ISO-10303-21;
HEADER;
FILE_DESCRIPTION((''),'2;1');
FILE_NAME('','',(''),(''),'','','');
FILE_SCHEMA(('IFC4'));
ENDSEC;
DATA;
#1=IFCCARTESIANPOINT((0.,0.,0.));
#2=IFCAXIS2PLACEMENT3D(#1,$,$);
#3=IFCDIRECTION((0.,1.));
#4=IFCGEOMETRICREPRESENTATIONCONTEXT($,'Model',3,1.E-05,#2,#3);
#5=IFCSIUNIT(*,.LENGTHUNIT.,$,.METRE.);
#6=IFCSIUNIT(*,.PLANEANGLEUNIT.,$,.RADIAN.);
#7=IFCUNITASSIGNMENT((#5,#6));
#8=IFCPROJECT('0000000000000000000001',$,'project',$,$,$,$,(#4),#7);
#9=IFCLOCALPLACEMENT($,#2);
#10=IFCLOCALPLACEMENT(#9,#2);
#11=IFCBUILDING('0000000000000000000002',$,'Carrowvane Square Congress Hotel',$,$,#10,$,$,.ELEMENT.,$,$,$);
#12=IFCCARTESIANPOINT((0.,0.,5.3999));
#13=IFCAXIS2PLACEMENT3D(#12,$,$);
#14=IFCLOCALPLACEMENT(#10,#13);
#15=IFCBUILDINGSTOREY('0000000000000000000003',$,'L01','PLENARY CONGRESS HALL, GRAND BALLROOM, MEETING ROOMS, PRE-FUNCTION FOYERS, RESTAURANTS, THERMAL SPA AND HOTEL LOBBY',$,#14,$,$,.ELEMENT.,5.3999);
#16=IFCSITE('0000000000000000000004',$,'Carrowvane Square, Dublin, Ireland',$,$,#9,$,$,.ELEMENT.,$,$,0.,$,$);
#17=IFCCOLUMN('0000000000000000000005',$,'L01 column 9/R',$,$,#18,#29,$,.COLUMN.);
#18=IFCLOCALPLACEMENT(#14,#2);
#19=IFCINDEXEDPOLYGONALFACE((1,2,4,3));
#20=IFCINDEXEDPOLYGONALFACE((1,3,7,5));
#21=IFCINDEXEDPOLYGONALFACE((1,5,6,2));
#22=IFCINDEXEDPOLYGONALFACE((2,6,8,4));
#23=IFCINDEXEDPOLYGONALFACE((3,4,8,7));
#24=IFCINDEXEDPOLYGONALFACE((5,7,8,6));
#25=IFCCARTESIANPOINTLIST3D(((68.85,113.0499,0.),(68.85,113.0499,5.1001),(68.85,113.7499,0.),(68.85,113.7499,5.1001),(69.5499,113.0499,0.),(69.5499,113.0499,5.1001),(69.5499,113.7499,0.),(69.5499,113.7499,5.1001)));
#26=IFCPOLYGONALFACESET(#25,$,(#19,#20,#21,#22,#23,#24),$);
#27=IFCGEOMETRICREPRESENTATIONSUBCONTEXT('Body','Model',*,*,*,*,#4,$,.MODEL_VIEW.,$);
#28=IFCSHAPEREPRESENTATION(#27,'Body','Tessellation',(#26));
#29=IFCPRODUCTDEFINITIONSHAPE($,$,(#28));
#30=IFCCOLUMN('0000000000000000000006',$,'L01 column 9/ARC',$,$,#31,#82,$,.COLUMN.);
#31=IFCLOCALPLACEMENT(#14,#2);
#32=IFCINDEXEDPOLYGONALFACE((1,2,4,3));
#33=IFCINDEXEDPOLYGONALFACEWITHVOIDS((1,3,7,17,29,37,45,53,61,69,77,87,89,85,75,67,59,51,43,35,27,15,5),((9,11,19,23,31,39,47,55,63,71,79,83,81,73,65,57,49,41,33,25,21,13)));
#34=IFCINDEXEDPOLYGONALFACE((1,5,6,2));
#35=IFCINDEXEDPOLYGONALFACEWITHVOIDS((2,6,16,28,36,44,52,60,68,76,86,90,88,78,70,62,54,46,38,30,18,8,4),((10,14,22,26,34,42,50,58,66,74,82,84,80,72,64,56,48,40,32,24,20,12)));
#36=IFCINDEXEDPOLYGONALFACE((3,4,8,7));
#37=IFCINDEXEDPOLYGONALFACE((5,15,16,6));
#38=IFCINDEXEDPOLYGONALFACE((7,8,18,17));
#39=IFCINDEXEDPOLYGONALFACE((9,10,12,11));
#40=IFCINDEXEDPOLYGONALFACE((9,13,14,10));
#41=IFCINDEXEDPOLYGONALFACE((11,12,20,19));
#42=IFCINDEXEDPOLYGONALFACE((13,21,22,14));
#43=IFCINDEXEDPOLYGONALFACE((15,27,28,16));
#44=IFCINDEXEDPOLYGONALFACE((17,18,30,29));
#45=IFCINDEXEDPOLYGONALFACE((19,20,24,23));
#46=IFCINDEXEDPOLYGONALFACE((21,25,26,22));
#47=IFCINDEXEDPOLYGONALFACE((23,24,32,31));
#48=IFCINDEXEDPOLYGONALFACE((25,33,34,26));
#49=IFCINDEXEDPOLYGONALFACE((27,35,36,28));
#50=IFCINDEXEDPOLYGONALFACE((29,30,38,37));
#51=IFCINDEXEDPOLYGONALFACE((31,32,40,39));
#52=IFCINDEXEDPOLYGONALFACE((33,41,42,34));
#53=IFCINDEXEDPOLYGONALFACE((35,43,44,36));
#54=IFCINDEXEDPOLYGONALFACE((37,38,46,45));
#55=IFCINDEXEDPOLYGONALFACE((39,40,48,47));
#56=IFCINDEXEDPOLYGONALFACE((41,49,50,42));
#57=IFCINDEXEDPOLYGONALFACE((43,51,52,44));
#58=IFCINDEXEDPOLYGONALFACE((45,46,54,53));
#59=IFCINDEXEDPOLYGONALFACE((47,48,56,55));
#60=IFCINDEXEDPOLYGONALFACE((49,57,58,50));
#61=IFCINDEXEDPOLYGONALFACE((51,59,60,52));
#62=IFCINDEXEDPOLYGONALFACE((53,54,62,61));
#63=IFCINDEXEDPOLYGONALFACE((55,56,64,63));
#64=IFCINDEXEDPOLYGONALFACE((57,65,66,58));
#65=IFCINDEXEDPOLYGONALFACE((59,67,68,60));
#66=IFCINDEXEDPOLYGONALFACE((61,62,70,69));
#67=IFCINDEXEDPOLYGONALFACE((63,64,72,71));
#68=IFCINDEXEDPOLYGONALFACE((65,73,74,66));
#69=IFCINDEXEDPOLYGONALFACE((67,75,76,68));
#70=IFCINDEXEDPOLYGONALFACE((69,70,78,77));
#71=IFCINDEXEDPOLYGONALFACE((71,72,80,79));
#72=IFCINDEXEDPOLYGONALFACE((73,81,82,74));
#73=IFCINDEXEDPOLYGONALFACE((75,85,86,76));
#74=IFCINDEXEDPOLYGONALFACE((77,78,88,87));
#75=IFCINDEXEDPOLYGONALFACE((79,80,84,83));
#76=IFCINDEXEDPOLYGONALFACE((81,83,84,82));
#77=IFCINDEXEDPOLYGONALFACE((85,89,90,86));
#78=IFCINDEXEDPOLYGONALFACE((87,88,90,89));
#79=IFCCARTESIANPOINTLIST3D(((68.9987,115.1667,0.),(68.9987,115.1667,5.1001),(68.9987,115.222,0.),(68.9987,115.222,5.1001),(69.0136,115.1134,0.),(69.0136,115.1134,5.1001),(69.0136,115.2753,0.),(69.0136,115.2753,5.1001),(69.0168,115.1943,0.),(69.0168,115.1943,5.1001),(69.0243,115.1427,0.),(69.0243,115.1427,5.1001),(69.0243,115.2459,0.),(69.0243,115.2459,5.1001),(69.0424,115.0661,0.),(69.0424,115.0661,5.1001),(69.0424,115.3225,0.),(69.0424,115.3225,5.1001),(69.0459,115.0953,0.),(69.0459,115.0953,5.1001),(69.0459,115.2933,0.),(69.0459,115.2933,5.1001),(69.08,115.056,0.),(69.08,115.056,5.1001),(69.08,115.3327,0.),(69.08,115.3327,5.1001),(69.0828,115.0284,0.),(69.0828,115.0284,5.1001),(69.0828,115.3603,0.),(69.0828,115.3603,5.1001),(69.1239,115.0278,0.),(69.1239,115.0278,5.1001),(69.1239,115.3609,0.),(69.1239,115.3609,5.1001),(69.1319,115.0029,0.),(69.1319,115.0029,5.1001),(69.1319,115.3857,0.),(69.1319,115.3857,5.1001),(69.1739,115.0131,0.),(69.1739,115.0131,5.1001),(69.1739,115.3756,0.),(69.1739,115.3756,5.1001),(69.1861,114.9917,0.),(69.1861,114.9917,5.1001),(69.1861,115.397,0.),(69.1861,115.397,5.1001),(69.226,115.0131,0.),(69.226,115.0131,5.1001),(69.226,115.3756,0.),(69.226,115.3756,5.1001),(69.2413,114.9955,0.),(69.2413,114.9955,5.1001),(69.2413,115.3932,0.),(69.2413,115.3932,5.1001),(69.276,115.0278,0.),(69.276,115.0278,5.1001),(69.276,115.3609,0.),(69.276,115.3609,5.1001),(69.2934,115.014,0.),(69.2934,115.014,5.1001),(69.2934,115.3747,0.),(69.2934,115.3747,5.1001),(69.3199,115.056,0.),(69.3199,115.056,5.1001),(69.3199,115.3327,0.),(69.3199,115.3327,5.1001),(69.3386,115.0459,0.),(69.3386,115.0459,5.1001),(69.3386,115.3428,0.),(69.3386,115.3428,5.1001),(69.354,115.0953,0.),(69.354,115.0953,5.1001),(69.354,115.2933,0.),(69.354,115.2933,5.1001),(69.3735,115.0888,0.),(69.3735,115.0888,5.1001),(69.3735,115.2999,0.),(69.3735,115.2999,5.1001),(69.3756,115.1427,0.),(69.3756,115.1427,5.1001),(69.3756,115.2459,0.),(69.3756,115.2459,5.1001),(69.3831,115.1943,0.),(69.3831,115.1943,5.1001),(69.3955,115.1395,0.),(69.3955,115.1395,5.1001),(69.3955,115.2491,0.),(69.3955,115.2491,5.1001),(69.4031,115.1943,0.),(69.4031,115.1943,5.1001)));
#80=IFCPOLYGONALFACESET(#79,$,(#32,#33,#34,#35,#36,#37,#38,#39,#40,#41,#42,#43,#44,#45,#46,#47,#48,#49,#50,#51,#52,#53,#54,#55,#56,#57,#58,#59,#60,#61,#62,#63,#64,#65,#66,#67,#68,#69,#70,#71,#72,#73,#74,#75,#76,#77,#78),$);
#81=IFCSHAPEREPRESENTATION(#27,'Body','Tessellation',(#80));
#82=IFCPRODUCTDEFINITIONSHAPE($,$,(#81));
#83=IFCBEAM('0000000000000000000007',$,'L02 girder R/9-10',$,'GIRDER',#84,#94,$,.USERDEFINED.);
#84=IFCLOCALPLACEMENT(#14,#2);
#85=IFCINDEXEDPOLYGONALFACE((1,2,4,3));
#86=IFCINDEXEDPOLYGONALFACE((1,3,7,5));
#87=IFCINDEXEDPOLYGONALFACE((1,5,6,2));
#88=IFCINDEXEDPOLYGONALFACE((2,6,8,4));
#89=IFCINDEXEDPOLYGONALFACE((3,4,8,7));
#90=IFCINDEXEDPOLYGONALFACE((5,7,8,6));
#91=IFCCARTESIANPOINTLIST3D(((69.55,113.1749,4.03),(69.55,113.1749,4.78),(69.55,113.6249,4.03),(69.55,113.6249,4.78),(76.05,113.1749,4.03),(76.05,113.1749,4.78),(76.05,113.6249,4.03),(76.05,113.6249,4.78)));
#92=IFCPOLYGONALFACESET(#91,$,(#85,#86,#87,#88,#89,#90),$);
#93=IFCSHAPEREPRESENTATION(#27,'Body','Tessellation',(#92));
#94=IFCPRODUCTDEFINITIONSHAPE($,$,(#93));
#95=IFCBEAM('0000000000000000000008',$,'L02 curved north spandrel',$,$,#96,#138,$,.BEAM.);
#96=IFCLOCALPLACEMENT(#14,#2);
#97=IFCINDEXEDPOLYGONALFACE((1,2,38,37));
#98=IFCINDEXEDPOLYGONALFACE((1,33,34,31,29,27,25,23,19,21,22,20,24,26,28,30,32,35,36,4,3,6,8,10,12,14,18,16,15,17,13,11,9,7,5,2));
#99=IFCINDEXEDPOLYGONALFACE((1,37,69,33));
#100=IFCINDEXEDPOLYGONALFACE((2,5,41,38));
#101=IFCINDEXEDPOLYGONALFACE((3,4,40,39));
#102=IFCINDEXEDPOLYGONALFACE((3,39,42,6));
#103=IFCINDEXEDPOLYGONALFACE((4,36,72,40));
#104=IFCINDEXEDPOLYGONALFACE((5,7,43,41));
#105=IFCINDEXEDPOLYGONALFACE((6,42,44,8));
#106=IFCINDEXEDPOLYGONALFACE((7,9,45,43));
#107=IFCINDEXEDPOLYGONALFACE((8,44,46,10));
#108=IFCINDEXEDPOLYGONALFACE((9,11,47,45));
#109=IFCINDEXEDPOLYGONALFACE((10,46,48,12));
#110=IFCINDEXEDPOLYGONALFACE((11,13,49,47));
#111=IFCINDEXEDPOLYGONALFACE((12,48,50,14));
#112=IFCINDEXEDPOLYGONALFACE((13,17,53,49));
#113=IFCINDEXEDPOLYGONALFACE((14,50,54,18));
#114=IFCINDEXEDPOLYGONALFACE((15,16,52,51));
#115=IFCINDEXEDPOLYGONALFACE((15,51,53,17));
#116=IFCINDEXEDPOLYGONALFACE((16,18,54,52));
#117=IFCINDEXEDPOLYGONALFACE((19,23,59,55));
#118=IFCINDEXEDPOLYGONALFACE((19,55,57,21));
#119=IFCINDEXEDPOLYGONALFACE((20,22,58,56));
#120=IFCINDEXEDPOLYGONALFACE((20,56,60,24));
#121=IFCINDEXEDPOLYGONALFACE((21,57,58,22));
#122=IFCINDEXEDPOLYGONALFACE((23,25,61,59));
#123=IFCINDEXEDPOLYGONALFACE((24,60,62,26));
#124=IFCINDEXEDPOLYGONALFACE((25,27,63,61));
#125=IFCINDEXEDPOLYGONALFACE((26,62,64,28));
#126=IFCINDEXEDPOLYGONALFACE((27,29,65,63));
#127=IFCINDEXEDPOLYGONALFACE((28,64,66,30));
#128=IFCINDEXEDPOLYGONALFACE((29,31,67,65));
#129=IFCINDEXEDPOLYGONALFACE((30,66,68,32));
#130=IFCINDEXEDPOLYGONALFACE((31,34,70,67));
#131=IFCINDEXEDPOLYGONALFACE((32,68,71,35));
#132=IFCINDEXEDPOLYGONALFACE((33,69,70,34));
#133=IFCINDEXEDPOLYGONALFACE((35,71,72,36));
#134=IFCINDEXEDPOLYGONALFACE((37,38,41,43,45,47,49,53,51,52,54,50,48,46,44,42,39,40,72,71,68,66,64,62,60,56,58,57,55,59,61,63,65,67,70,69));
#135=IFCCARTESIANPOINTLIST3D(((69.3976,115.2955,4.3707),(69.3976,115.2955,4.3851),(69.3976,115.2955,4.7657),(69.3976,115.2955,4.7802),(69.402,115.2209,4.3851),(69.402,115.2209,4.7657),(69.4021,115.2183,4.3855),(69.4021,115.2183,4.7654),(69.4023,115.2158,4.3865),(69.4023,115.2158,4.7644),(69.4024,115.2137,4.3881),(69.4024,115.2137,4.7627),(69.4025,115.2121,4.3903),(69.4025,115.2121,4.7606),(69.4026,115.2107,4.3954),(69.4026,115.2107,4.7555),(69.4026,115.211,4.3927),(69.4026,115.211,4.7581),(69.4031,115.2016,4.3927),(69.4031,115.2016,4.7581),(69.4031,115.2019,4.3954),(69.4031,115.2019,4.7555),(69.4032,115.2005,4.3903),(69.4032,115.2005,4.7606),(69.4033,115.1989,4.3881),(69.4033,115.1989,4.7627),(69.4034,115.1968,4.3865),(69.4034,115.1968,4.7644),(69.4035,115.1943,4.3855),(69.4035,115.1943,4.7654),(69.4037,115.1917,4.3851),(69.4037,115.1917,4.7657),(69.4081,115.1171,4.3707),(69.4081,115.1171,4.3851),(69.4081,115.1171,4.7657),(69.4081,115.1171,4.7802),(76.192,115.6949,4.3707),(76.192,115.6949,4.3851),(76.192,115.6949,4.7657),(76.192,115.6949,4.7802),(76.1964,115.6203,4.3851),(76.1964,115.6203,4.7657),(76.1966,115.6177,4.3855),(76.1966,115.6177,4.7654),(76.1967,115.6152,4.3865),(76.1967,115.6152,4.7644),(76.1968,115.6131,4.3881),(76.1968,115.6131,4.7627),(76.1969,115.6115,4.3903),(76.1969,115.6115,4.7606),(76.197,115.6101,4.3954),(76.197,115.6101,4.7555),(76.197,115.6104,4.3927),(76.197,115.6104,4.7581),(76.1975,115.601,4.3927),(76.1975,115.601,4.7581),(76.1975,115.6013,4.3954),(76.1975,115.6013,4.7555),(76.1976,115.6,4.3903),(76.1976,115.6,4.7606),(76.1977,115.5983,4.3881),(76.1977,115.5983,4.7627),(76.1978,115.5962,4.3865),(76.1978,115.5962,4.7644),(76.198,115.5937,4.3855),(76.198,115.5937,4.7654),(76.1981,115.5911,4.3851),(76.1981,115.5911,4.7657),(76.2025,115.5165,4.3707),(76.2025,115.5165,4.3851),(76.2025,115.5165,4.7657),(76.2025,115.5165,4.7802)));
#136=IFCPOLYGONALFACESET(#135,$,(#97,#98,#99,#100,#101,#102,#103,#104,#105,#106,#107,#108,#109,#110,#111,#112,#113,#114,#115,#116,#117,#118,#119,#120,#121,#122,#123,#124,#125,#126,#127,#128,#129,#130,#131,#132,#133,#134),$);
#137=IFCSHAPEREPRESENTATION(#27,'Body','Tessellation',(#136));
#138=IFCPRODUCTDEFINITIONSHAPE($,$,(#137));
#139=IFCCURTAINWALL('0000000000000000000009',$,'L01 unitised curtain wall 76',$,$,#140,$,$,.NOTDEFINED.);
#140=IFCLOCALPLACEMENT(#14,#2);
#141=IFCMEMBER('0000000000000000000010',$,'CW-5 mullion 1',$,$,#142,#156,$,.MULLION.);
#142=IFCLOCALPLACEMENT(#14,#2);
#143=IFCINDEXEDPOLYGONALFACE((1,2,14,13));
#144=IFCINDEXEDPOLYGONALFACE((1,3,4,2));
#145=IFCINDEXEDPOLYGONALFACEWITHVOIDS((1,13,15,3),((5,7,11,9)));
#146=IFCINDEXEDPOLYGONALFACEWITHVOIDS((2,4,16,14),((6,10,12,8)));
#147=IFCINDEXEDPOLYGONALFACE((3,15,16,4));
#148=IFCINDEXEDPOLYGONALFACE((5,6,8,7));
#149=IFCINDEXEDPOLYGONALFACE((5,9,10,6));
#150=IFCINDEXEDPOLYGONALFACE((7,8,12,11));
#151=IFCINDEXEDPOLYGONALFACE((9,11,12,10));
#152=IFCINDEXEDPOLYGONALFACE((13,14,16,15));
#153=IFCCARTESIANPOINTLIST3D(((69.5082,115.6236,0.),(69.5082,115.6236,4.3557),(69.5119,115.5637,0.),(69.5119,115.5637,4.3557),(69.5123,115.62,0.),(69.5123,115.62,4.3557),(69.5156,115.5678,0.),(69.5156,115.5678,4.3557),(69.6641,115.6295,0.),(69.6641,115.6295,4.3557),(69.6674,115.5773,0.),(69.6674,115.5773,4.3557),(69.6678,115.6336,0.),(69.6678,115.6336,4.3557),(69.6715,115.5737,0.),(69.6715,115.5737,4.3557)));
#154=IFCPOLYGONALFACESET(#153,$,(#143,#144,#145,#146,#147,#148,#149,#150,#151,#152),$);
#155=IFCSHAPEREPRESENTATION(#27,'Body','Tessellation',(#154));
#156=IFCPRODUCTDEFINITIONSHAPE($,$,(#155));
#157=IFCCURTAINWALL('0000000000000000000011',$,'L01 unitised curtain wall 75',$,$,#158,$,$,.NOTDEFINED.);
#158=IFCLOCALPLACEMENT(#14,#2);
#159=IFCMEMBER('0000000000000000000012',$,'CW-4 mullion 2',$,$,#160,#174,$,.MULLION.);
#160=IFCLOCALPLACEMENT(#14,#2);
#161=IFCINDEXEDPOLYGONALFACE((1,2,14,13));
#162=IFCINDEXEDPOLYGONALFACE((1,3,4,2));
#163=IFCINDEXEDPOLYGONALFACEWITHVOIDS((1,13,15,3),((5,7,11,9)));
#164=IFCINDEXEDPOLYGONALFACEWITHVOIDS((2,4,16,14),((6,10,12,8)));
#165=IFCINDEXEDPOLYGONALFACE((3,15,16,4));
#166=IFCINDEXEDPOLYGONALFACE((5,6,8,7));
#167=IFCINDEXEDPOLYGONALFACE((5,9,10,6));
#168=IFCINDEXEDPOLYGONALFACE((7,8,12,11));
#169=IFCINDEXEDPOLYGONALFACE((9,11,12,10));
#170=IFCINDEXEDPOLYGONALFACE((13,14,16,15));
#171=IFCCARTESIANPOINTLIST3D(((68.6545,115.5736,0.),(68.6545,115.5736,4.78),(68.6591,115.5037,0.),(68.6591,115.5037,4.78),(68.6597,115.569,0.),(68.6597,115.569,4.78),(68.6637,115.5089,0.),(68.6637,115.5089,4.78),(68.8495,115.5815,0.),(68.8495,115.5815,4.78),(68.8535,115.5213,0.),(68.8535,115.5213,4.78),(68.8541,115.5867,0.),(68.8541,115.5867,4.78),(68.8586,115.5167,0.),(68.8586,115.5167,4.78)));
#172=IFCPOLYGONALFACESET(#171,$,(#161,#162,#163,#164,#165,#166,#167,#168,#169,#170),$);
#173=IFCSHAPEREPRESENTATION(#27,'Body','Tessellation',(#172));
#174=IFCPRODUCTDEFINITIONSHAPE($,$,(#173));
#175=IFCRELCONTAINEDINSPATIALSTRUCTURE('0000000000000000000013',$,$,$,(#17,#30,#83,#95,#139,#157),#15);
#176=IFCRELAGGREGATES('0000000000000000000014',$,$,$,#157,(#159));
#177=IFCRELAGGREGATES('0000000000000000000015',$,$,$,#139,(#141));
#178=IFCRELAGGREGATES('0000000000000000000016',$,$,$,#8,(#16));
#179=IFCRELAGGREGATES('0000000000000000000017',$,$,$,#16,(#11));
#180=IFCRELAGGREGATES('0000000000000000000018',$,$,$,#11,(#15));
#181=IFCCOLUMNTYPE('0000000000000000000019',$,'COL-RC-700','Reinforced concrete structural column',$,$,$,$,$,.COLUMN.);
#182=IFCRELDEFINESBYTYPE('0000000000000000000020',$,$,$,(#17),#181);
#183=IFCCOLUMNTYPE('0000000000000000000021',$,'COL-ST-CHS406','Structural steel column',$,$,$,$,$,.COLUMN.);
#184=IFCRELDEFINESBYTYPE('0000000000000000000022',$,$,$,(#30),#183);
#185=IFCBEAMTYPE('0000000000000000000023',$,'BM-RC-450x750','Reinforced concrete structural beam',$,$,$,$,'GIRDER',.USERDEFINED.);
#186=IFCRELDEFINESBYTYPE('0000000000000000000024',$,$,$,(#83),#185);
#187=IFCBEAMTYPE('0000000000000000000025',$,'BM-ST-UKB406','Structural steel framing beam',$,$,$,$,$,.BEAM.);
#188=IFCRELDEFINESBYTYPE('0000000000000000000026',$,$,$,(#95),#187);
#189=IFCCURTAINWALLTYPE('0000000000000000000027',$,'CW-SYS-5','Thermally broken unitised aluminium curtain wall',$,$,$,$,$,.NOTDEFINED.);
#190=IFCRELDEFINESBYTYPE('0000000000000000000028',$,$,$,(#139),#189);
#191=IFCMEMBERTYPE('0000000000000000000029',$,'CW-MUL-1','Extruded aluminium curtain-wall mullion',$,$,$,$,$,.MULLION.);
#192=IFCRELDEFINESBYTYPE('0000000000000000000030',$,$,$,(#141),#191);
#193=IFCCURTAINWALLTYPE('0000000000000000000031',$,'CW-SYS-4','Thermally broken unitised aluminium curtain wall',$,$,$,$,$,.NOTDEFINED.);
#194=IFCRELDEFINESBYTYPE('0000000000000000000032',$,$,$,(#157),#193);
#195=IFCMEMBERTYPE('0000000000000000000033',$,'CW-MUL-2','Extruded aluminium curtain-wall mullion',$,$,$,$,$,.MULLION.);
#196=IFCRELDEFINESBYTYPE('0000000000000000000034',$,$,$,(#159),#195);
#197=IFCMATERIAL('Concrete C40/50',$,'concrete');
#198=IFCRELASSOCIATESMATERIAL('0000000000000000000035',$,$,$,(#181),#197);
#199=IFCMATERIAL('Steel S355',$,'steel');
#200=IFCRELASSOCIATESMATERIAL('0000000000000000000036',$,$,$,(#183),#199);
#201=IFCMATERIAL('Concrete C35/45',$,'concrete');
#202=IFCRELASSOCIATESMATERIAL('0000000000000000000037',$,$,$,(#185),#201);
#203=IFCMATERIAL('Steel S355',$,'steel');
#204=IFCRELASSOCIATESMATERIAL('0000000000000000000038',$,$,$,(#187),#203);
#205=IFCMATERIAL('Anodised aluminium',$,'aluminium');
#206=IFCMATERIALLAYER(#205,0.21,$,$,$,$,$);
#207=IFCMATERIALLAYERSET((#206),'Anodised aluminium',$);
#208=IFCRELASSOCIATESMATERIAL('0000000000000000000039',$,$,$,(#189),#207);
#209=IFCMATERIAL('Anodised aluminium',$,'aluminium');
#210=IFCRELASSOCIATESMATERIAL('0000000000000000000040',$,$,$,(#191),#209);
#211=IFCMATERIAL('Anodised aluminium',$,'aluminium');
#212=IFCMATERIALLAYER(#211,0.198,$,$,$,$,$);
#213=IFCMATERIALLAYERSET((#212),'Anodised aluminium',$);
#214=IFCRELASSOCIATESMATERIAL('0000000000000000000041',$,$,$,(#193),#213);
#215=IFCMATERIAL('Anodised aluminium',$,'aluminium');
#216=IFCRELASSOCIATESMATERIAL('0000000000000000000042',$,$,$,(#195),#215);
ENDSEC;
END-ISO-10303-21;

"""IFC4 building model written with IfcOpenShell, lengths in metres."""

from ifc_helpers import new_model, si_unit, direction, frame, origin, origin_2d, place, context, subcontext, project, spatial, rectangle, hollow_rectangle, hollow_circle, i_section, extrude, material, layer, layer_set, material_profile, profile_set, type_object, element, aggregate, save


model = new_model("IFC4")

# Units and contexts
model_context = context("Model", 3, precision=1e-05, world=origin(), true_north=direction((0.0, 1.0)))
body_context = subcontext(model_context, "Body", "Model", "MODEL_VIEW")
ifc_project = project(units=[si_unit("LENGTHUNIT", "METRE"), si_unit("PLANEANGLEUNIT", "RADIAN")], contexts=[model_context])

# Site, building, storey
site_placement = place(None, origin())
site = spatial("IfcSite", under=ifc_project, at=site_placement, Name="Carrowvane Square, Dublin, Ireland", CompositionType="ELEMENT", RefElevation=0.0)
building_placement = place(site_placement, origin())
building = spatial("IfcBuilding", under=site, at=building_placement, Name="Carrowvane Square Congress Hotel", CompositionType="ELEMENT")
storey_placement = place(building_placement, frame((0.0, 0.0, 5.3999)))
storey = spatial("IfcBuildingStorey", under=building, at=storey_placement, Name="L01", Description="PLENARY CONGRESS HALL, GRAND BALLROOM, MEETING ROOMS, PRE-FUNCTION FOYERS, RESTAURANTS, THERMAL SPA AND HOTEL LOBBY", CompositionType="ELEMENT", Elevation=5.3999)

# Columns
ifc_material_1 = material(Name="Concrete C40/50", Category="concrete")
ifc_material_profile_1 = material_profile(ifc_material_1, rectangle(XDim=0.7, YDim=0.7, at=origin_2d()), Name="RC 700x700")
ifc_profile_set_1 = profile_set([ifc_material_profile_1], Name="Concrete C40/50")
column_type_1 = type_object("IfcColumnType", Name="COL-RC-700", Description="Reinforced concrete structural column", PredefinedType="COLUMN", material=ifc_profile_set_1)
column_1_placement = place(storey_placement, frame((69.2, 113.3999, 0.0), z_axis=(0.0, 0.0, 1.0), x_axis=(1.0, 0.0, 0.0)))
element("IfcColumn", 1, at=column_1_placement, inside=storey, type_object=column_type_1, Name="L01 column 9/R", PredefinedType="COLUMN", context=body_context, shape_type="SweptSolid", body=[
    extrude(rectangle(XDim=0.7, YDim=0.7, at=origin_2d()), origin(), (0.0, 0.0, 1.0), 5.1001),
])
ifc_material_2 = material(Name="Steel S355", Category="steel")
ifc_material_profile_2 = material_profile(ifc_material_2, hollow_circle(Radius=0.2031, WallThickness=0.02, at=origin_2d()), Name="CHS 406.4x20")
ifc_profile_set_2 = profile_set([ifc_material_profile_2], Name="Steel S355")
column_type_2 = type_object("IfcColumnType", Name="COL-ST-CHS406", Description="Structural steel column", PredefinedType="COLUMN", material=ifc_profile_set_2)
column_2_placement = place(storey_placement, frame((69.2, 115.1943, 0.0), z_axis=(0.0, 0.0, 1.0), x_axis=(1.0, 0.0, 0.0)))
element("IfcColumn", 2, at=column_2_placement, inside=storey, type_object=column_type_2, Name="L01 column 9/ARC", PredefinedType="COLUMN", context=body_context, shape_type="SweptSolid", body=[
    extrude(hollow_circle(Radius=0.2031, WallThickness=0.02, at=origin_2d()), origin(), (0.0, 0.0, 1.0), 5.1001),
])

# Beams
ifc_material_3 = material(Name="Concrete C35/45", Category="concrete")
ifc_material_profile_3 = material_profile(ifc_material_3, rectangle(XDim=0.45, YDim=0.75, at=origin_2d()), Name="RC 450x750")
ifc_profile_set_3 = profile_set([ifc_material_profile_3], Name="Concrete C35/45")
beam_type_1 = type_object("IfcBeamType", Name="BM-RC-450x750", Description="Reinforced concrete structural beam", ElementType="GIRDER", PredefinedType="USERDEFINED", material=ifc_profile_set_3)
beam_1_placement = place(storey_placement, frame((69.55, 113.3999, 4.405), z_axis=(1.0, 0.0, 0.0), x_axis=(0.0, 1.0, 0.0)))
element("IfcBeam", 3, at=beam_1_placement, inside=storey, type_object=beam_type_1, Name="L02 girder R/9-10", ObjectType="GIRDER", PredefinedType="USERDEFINED", context=body_context, shape_type="SweptSolid", body=[
    extrude(rectangle(XDim=0.45, YDim=0.75, at=origin_2d()), origin(), (0.0, 0.0, 1.0), 6.5),
])
ifc_material_4 = material(Name="Steel S355", Category="steel")
ifc_material_profile_4 = material_profile(ifc_material_4, i_section(OverallWidth=0.1787, OverallDepth=0.4094, WebThickness=0.0088, FlangeThickness=0.0144, FilletRadius=0.0103, at=origin_2d()), Name="UKB 406x178x67")
ifc_profile_set_4 = profile_set([ifc_material_profile_4], Name="Steel S355")
beam_type_2 = type_object("IfcBeamType", Name="BM-ST-UKB406", Description="Structural steel framing beam", PredefinedType="BEAM", material=ifc_profile_set_4)
beam_2_placement = place(storey_placement, frame((69.4028, 115.2063, 4.5754), z_axis=(0.998277, 0.058684, 0.0), x_axis=(-0.058684, 0.998277, 0.0)))
element("IfcBeam", 4, at=beam_2_placement, inside=storey, type_object=beam_type_2, Name="L02 curved north spandrel", PredefinedType="BEAM", context=body_context, shape_type="SweptSolid", body=[
    extrude(i_section(OverallWidth=0.1787, OverallDepth=0.4094, WebThickness=0.0088, FlangeThickness=0.0144, FilletRadius=0.0103, at=origin_2d()), origin(), (0.0, 0.0, 1.0), 6.8062),
])

# Curtain walls, members
ifc_material_5 = material(Name="Anodised aluminium", Category="aluminium")
ifc_layer_1 = layer(ifc_material_5, 0.21)
ifc_layer_set_1 = layer_set([ifc_layer_1], Name="Anodised aluminium")
curtain_wall_type_1 = type_object("IfcCurtainWallType", Name="CW-SYS-5", Description="Thermally broken unitised aluminium curtain wall", PredefinedType="NOTDEFINED", material=ifc_layer_set_1)
curtain_wall_1_placement = place(storey_placement, origin())
curtain_wall_1 = element("IfcCurtainWall", 5, at=curtain_wall_1_placement, inside=storey, type_object=curtain_wall_type_1, Name="L01 unitised curtain wall 76", PredefinedType="NOTDEFINED")
ifc_material_6 = material(Name="Anodised aluminium", Category="aluminium")
ifc_material_profile_5 = material_profile(ifc_material_6, hollow_rectangle(XDim=0.0601, YDim=0.1599, WallThickness=0.0039, at=origin_2d()), Name="CW-ML 60x160x4")
ifc_profile_set_5 = profile_set([ifc_material_profile_5], Name="Anodised aluminium")
member_type_1 = type_object("IfcMemberType", Name="CW-MUL-1", Description="Extruded aluminium curtain-wall mullion", PredefinedType="MULLION", material=ifc_profile_set_5)
member_1_placement = place(storey_placement, frame((69.5898, 115.5986, 0.0), z_axis=(0.0, 0.0, 1.0), x_axis=(-0.062397, 0.998051, 0.0)))
member_1 = element("IfcMember", 6, at=member_1_placement, type_object=member_type_1, Name="CW-5 mullion 1", PredefinedType="MULLION", context=body_context, shape_type="SweptSolid", body=[
    extrude(hollow_rectangle(XDim=0.0601, YDim=0.1599, WallThickness=0.0039, at=origin_2d()), origin(), (0.0, 0.0, 1.0), 4.3557),
])
ifc_material_7 = material(Name="Anodised aluminium", Category="aluminium")
ifc_layer_2 = layer(ifc_material_7, 0.198)
ifc_layer_set_2 = layer_set([ifc_layer_2], Name="Anodised aluminium")
curtain_wall_type_2 = type_object("IfcCurtainWallType", Name="CW-SYS-4", Description="Thermally broken unitised aluminium curtain wall", PredefinedType="NOTDEFINED", material=ifc_layer_set_2)
curtain_wall_2_placement = place(storey_placement, origin())
curtain_wall_2 = element("IfcCurtainWall", 7, at=curtain_wall_2_placement, inside=storey, type_object=curtain_wall_type_2, Name="L01 unitised curtain wall 75", PredefinedType="NOTDEFINED")
ifc_material_8 = material(Name="Anodised aluminium", Category="aluminium")
ifc_material_profile_6 = material_profile(ifc_material_8, hollow_rectangle(XDim=0.0701, YDim=0.2, WallThickness=0.0049, at=origin_2d()), Name="CW-ML 70x200x5")
ifc_profile_set_6 = profile_set([ifc_material_profile_6], Name="Anodised aluminium")
member_type_2 = type_object("IfcMemberType", Name="CW-MUL-2", Description="Extruded aluminium curtain-wall mullion", PredefinedType="MULLION", material=ifc_profile_set_6)
member_2_placement = place(storey_placement, frame((68.7566, 115.5452, 0.0), z_axis=(0.0, 0.0, 1.0), x_axis=(-0.065412, 0.997858, 0.0)))
member_2 = element("IfcMember", 8, at=member_2_placement, type_object=member_type_2, Name="CW-4 mullion 2", PredefinedType="MULLION", context=body_context, shape_type="SweptSolid", body=[
    extrude(hollow_rectangle(XDim=0.0701, YDim=0.2, WallThickness=0.0049, at=origin_2d()), origin(), (0.0, 0.0, 1.0), 4.78),
])

aggregate(curtain_wall_2, [member_2])
aggregate(curtain_wall_1, [member_1])

save(model, "model.ifc")
